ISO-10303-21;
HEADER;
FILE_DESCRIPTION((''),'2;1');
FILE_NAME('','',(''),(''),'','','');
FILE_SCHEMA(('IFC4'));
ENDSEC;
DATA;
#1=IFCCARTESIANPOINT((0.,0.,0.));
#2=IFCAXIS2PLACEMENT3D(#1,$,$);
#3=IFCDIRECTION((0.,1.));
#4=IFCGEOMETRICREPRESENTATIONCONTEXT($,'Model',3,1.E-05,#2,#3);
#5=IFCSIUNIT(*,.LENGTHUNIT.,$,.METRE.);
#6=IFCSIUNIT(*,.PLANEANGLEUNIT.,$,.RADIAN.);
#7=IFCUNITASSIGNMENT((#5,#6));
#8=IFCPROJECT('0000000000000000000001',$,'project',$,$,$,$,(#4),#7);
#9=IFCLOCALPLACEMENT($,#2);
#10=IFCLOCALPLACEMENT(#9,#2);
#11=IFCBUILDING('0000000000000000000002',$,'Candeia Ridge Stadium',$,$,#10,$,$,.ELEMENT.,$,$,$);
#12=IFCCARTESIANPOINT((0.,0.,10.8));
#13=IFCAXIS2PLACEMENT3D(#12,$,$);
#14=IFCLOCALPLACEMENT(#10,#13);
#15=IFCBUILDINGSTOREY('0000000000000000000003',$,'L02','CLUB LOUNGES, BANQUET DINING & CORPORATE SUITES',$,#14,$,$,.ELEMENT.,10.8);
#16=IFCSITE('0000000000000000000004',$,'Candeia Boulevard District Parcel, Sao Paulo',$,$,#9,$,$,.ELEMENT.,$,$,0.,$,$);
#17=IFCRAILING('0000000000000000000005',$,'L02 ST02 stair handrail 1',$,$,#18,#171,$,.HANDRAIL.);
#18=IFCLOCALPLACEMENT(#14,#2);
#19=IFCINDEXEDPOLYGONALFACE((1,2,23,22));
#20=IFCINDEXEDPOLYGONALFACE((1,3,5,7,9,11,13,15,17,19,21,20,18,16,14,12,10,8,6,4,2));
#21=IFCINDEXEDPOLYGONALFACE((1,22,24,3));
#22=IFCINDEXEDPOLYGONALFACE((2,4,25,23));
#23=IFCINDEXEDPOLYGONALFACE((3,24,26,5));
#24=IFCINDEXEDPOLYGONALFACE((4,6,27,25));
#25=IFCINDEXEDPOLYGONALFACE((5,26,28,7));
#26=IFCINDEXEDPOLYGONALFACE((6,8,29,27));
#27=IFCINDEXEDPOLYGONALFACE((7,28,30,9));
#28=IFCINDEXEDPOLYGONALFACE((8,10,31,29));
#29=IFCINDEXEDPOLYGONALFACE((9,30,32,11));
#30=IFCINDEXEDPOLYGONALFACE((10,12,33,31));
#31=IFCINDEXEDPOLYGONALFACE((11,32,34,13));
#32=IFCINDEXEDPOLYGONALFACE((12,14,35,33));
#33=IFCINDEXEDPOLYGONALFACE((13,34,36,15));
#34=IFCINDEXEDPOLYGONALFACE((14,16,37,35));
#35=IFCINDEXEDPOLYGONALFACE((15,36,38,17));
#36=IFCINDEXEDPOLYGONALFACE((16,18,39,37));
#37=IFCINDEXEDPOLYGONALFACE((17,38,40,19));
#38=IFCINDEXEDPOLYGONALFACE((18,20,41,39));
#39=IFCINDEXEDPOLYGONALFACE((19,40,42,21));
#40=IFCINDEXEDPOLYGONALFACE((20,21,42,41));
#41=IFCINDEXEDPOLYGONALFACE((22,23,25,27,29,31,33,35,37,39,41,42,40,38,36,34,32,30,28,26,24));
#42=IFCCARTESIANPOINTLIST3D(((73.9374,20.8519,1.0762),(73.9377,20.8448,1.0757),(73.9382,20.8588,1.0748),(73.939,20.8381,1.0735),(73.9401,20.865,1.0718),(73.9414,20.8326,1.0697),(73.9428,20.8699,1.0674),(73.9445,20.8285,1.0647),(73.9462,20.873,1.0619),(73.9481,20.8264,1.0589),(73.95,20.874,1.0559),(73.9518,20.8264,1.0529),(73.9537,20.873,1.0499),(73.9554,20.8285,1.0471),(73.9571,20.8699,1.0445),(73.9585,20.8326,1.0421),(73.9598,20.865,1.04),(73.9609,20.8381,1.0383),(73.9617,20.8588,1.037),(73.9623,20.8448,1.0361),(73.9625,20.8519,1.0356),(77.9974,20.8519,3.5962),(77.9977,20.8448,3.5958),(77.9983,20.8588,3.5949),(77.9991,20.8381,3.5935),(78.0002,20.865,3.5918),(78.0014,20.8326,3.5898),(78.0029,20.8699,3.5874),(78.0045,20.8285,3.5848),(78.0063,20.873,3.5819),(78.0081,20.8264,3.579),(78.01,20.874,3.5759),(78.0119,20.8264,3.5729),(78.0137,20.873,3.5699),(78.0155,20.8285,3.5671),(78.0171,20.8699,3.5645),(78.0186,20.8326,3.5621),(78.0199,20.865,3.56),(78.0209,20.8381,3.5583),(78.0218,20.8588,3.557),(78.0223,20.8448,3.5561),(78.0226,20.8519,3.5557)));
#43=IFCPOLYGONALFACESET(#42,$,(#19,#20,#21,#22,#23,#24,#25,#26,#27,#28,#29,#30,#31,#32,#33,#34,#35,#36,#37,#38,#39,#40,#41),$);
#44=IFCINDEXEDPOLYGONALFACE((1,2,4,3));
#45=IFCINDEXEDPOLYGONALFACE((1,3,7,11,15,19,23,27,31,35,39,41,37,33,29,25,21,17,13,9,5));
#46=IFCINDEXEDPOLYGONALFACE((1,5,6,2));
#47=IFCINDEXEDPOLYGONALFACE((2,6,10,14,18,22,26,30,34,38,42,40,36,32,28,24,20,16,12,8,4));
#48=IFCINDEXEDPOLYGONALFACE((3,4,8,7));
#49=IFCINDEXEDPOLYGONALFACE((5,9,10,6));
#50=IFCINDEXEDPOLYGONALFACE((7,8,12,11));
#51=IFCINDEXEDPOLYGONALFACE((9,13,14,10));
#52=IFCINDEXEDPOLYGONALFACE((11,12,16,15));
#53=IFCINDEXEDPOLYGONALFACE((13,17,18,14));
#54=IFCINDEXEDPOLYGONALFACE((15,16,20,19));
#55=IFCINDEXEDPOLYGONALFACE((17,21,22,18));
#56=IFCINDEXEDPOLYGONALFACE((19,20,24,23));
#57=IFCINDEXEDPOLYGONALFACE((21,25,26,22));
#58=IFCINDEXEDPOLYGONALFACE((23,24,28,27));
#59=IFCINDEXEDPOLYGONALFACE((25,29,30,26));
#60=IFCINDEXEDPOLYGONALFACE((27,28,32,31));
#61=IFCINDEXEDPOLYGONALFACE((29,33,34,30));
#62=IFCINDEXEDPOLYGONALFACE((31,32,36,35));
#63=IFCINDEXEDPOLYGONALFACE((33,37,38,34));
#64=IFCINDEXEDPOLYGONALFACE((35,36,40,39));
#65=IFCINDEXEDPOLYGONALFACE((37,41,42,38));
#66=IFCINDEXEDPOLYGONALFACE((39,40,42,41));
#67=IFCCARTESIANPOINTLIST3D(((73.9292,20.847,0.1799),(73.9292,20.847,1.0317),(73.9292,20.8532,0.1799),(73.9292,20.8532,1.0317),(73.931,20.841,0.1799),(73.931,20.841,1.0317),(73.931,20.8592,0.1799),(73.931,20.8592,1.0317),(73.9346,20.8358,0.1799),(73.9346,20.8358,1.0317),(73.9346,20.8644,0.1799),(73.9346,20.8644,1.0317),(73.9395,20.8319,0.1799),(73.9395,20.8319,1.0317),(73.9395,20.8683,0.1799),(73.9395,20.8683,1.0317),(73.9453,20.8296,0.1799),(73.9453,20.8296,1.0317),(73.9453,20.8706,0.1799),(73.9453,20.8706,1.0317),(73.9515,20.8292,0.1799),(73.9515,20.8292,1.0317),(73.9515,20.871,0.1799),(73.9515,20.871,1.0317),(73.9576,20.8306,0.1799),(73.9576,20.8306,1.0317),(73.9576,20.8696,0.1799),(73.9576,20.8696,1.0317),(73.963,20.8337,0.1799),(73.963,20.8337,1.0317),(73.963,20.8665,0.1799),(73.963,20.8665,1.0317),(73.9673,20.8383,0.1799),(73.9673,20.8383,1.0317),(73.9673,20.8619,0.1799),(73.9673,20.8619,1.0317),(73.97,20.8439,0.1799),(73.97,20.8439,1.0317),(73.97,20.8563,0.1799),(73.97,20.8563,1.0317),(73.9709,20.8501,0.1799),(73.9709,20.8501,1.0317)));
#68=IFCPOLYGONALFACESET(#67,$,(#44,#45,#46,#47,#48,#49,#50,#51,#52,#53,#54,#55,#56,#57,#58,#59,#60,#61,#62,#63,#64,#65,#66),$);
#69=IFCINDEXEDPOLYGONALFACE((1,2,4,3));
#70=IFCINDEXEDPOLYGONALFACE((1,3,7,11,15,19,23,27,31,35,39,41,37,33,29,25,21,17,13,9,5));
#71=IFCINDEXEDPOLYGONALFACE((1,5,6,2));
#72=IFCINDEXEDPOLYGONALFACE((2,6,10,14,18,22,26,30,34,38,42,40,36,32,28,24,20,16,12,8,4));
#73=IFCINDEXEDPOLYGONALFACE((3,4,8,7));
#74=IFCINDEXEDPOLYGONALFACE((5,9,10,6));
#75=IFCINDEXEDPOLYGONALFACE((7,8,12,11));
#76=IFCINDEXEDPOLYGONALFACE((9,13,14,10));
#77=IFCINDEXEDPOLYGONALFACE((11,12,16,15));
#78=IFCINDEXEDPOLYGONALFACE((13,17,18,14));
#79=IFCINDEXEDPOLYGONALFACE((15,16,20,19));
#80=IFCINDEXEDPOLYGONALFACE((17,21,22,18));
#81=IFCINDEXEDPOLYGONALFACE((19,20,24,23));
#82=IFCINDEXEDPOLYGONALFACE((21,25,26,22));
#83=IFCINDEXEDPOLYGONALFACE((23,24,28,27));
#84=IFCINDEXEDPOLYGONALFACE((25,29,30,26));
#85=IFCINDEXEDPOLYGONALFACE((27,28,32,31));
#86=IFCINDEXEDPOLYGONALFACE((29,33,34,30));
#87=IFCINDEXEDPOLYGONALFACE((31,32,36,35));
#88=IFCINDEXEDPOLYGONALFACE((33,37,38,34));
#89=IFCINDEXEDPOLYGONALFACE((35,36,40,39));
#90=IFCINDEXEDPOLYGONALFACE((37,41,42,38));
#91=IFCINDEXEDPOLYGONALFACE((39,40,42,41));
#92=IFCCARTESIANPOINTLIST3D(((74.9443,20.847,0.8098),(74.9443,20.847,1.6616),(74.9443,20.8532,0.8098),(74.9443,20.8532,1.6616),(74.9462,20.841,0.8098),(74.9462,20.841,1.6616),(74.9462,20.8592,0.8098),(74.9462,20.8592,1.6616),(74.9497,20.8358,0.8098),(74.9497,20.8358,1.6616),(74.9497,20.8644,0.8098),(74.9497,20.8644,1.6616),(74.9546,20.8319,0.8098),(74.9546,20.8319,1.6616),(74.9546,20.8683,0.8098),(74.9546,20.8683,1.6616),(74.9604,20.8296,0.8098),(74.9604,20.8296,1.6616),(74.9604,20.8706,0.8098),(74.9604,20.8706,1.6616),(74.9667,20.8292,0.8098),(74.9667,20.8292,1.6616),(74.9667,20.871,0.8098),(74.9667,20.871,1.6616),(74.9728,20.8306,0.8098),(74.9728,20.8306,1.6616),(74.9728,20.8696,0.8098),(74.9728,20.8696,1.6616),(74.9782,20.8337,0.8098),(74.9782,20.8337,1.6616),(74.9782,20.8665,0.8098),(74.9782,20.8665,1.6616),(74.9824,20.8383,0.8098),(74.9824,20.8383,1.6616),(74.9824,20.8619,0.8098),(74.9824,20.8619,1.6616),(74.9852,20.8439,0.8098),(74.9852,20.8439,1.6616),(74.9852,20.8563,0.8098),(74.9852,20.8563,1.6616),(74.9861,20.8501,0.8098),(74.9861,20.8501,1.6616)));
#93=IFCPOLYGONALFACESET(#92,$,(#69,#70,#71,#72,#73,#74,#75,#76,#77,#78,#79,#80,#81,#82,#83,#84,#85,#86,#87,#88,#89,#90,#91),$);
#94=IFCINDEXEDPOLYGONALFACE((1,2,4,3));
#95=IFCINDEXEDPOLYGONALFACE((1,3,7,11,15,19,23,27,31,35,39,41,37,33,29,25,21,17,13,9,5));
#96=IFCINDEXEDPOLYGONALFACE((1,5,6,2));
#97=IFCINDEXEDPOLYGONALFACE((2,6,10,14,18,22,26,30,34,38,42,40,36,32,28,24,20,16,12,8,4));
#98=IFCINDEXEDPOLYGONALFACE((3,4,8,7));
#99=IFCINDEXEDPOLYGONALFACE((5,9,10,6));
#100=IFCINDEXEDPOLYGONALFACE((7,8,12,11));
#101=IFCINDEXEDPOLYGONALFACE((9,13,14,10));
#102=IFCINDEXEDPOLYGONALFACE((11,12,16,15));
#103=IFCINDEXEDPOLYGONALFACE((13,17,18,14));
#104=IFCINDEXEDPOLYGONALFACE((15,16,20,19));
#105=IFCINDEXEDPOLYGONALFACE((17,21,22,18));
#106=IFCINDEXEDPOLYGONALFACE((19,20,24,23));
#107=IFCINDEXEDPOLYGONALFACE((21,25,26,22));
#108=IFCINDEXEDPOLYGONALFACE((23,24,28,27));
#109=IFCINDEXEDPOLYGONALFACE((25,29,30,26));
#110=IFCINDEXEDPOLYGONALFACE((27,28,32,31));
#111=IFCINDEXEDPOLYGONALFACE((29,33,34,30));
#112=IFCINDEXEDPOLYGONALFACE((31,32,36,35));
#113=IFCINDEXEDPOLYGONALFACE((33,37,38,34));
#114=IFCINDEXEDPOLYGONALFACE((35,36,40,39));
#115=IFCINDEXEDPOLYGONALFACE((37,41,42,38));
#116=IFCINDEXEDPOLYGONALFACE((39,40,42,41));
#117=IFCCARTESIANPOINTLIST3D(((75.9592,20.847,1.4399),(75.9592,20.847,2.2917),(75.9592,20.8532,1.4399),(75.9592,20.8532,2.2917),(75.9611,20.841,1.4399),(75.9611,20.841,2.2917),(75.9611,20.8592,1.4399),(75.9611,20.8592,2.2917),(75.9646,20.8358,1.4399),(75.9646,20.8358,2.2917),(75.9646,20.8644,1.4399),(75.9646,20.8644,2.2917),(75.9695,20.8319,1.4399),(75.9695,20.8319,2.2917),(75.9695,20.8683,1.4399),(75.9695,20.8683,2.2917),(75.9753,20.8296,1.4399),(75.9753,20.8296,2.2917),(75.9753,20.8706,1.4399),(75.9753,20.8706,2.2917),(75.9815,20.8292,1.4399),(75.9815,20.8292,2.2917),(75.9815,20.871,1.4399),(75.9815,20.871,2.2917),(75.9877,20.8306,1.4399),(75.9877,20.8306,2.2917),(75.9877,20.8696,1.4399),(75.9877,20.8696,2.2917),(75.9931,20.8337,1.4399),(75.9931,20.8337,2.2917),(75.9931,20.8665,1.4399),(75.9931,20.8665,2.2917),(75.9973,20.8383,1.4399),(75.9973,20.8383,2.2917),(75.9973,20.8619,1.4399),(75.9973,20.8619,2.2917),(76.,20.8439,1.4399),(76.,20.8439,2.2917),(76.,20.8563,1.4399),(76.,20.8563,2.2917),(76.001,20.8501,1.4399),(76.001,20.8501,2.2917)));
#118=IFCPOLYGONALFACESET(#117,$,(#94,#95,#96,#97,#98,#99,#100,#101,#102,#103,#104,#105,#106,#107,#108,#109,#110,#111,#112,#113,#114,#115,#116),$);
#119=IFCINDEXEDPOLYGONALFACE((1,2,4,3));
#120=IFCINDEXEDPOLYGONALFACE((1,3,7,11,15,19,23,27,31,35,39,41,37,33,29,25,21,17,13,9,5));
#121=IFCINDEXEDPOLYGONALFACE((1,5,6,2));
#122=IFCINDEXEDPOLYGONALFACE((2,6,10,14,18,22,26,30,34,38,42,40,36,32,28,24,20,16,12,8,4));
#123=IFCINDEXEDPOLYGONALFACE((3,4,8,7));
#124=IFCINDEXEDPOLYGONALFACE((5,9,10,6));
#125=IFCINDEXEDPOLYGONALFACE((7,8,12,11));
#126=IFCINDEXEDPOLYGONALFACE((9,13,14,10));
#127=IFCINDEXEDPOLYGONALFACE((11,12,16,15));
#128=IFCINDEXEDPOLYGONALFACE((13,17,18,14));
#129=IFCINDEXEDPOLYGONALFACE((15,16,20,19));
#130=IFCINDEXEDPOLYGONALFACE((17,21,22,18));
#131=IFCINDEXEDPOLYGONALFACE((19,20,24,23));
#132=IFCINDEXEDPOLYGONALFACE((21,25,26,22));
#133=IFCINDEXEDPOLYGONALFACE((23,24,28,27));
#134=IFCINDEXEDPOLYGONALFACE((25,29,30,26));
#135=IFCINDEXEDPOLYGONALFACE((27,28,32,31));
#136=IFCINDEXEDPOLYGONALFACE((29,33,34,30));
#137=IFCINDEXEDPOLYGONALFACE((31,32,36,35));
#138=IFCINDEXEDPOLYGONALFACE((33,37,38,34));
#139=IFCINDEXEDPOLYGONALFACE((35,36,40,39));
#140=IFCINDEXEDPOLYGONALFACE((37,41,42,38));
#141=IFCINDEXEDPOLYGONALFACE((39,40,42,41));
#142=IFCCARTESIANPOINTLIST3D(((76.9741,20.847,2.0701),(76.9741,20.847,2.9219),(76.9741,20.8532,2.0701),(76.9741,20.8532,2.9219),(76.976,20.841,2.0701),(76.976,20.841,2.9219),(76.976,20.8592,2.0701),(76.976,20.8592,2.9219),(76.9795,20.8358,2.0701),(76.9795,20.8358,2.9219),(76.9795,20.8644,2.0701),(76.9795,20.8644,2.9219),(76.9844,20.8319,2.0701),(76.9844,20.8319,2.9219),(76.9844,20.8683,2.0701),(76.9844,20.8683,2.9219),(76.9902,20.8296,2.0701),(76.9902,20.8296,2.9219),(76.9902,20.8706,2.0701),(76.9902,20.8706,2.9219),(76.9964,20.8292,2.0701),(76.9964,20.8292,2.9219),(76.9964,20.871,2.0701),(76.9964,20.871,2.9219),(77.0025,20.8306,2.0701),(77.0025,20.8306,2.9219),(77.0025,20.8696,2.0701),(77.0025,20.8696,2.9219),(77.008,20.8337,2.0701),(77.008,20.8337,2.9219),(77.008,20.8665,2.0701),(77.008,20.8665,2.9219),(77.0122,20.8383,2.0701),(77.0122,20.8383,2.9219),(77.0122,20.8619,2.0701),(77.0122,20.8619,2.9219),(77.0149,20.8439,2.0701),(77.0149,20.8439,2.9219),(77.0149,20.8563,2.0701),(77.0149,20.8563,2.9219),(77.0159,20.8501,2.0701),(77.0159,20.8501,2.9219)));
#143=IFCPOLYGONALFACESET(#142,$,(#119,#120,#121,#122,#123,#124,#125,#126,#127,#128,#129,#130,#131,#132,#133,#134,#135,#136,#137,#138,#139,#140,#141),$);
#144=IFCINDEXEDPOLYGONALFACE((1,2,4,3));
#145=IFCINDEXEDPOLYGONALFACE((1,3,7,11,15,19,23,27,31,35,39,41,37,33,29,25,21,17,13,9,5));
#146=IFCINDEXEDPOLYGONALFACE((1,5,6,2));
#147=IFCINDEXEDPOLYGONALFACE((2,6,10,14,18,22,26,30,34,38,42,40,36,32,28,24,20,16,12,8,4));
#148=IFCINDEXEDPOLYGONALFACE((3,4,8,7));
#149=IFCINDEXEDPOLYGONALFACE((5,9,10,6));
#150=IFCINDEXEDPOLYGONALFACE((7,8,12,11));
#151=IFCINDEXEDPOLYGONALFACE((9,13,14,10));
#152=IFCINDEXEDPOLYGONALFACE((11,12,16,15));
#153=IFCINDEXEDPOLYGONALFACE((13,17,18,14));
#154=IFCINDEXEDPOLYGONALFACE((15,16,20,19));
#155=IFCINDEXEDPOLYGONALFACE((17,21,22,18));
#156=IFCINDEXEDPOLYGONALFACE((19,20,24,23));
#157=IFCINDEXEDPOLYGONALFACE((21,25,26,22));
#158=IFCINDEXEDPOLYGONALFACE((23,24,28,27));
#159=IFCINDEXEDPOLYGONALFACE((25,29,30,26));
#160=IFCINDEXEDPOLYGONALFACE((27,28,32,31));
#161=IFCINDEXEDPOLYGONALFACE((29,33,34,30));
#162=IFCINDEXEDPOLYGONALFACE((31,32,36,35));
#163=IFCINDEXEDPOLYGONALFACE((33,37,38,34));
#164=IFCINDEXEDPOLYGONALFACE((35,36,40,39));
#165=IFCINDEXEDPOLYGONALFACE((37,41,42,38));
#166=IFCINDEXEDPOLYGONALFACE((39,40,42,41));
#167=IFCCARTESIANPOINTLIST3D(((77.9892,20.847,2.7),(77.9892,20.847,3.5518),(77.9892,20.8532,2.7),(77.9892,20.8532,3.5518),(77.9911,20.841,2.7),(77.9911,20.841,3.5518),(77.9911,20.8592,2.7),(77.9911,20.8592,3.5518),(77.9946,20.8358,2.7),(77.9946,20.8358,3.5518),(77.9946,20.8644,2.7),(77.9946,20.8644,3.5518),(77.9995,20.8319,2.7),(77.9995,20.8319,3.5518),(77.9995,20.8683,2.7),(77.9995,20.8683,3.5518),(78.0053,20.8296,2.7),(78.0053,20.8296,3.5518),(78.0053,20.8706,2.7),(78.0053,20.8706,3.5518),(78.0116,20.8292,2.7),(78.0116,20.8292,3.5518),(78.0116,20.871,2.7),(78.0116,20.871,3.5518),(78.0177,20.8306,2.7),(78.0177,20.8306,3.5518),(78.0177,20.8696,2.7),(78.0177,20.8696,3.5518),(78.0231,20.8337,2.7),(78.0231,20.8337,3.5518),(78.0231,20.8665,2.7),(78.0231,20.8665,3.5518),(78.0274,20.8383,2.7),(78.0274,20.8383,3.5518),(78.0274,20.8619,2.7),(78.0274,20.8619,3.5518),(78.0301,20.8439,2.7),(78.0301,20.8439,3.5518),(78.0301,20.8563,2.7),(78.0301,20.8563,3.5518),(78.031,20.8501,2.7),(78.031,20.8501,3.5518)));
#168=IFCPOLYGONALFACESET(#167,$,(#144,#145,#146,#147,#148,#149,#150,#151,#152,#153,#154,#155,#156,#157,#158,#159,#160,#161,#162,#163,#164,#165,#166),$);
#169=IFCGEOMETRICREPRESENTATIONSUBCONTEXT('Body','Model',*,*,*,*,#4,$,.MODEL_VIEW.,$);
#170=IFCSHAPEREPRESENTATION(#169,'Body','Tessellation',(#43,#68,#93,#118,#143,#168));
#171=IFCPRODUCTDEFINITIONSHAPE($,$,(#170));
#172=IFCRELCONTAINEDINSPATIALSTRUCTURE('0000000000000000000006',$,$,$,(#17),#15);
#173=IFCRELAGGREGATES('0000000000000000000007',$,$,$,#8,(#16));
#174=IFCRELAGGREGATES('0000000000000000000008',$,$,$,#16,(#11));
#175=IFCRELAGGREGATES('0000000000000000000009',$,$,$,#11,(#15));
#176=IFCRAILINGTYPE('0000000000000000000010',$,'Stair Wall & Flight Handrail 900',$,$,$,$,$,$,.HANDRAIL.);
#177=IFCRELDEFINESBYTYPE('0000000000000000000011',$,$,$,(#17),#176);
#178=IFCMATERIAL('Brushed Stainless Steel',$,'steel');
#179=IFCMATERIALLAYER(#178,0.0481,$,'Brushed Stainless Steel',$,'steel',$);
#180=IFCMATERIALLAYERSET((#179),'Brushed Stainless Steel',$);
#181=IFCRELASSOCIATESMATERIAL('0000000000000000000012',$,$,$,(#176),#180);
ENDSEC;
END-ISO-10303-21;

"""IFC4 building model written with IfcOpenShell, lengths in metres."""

from ifc_helpers import new_model, si_unit, direction, frame, origin, origin_2d, place, context, subcontext, project, spatial, circle, extrude, material, layer, layer_set, type_object, element, save


model = new_model("IFC4")

# Units and contexts
model_context = context("Model", 3, precision=1e-05, world=origin(), true_north=direction((0.0, 1.0)))
body_context = subcontext(model_context, "Body", "Model", "MODEL_VIEW")
ifc_project = project(units=[si_unit("LENGTHUNIT", "METRE"), si_unit("PLANEANGLEUNIT", "RADIAN")], contexts=[model_context])

# Site, building, storey
site_placement = place(None, origin())
site = spatial("IfcSite", under=ifc_project, at=site_placement, Name="Candeia Boulevard District Parcel, Sao Paulo", CompositionType="ELEMENT", RefElevation=0.0)
building_placement = place(site_placement, origin())
building = spatial("IfcBuilding", under=site, at=building_placement, Name="Candeia Ridge Stadium", CompositionType="ELEMENT")
storey_placement = place(building_placement, frame((0.0, 0.0, 10.8)))
storey = spatial("IfcBuildingStorey", under=building, at=storey_placement, Name="L02", Description="CLUB LOUNGES, BANQUET DINING & CORPORATE SUITES", CompositionType="ELEMENT", Elevation=10.8)

# Railing
ifc_material_1 = material(Name="Brushed Stainless Steel", Category="steel")
ifc_layer_1 = layer(ifc_material_1, 0.0481, Name="Brushed Stainless Steel", Category="steel")
ifc_layer_set_1 = layer_set([ifc_layer_1], Name="Brushed Stainless Steel")
railing_type_1 = type_object("IfcRailingType", Name="Stair Wall & Flight Handrail 900", PredefinedType="HANDRAIL", material=ifc_layer_set_1)
railing_1_placement = place(storey_placement, frame((73.95, 20.8501, 0.1799)))
element("IfcRailing", 1, at=railing_1_placement, inside=storey, type_object=railing_type_1, Name="L02 ST02 stair handrail 1", PredefinedType="HANDRAIL", context=body_context, shape_type="SweptSolid", body=[
    extrude(circle(Radius=0.0239, at=origin_2d()), frame((0.0, 0.0, 0.876), z_axis=(0.849642, 0.0, 0.52736), x_axis=(0.0, 1.0, 0.0)), (0.0, 0.0, 1.0), 4.7786),
    extrude(circle(Radius=0.021, at=origin_2d()), origin(), (0.0, 0.0, 1.0), 0.8518),
    extrude(circle(Radius=0.021, at=origin_2d()), frame((1.0151, 0.0, 0.6299)), (0.0, 0.0, 1.0), 0.8518),
    extrude(circle(Radius=0.021, at=origin_2d()), frame((2.03, 0.0, 1.26)), (0.0, 0.0, 1.0), 0.8518),
    extrude(circle(Radius=0.021, at=origin_2d()), frame((3.0449, 0.0, 1.8901)), (0.0, 0.0, 1.0), 0.8518),
    extrude(circle(Radius=0.021, at=origin_2d()), frame((4.0601, 0.0, 2.52)), (0.0, 0.0, 1.0), 0.8518),
])

save(model, "model.ifc")
